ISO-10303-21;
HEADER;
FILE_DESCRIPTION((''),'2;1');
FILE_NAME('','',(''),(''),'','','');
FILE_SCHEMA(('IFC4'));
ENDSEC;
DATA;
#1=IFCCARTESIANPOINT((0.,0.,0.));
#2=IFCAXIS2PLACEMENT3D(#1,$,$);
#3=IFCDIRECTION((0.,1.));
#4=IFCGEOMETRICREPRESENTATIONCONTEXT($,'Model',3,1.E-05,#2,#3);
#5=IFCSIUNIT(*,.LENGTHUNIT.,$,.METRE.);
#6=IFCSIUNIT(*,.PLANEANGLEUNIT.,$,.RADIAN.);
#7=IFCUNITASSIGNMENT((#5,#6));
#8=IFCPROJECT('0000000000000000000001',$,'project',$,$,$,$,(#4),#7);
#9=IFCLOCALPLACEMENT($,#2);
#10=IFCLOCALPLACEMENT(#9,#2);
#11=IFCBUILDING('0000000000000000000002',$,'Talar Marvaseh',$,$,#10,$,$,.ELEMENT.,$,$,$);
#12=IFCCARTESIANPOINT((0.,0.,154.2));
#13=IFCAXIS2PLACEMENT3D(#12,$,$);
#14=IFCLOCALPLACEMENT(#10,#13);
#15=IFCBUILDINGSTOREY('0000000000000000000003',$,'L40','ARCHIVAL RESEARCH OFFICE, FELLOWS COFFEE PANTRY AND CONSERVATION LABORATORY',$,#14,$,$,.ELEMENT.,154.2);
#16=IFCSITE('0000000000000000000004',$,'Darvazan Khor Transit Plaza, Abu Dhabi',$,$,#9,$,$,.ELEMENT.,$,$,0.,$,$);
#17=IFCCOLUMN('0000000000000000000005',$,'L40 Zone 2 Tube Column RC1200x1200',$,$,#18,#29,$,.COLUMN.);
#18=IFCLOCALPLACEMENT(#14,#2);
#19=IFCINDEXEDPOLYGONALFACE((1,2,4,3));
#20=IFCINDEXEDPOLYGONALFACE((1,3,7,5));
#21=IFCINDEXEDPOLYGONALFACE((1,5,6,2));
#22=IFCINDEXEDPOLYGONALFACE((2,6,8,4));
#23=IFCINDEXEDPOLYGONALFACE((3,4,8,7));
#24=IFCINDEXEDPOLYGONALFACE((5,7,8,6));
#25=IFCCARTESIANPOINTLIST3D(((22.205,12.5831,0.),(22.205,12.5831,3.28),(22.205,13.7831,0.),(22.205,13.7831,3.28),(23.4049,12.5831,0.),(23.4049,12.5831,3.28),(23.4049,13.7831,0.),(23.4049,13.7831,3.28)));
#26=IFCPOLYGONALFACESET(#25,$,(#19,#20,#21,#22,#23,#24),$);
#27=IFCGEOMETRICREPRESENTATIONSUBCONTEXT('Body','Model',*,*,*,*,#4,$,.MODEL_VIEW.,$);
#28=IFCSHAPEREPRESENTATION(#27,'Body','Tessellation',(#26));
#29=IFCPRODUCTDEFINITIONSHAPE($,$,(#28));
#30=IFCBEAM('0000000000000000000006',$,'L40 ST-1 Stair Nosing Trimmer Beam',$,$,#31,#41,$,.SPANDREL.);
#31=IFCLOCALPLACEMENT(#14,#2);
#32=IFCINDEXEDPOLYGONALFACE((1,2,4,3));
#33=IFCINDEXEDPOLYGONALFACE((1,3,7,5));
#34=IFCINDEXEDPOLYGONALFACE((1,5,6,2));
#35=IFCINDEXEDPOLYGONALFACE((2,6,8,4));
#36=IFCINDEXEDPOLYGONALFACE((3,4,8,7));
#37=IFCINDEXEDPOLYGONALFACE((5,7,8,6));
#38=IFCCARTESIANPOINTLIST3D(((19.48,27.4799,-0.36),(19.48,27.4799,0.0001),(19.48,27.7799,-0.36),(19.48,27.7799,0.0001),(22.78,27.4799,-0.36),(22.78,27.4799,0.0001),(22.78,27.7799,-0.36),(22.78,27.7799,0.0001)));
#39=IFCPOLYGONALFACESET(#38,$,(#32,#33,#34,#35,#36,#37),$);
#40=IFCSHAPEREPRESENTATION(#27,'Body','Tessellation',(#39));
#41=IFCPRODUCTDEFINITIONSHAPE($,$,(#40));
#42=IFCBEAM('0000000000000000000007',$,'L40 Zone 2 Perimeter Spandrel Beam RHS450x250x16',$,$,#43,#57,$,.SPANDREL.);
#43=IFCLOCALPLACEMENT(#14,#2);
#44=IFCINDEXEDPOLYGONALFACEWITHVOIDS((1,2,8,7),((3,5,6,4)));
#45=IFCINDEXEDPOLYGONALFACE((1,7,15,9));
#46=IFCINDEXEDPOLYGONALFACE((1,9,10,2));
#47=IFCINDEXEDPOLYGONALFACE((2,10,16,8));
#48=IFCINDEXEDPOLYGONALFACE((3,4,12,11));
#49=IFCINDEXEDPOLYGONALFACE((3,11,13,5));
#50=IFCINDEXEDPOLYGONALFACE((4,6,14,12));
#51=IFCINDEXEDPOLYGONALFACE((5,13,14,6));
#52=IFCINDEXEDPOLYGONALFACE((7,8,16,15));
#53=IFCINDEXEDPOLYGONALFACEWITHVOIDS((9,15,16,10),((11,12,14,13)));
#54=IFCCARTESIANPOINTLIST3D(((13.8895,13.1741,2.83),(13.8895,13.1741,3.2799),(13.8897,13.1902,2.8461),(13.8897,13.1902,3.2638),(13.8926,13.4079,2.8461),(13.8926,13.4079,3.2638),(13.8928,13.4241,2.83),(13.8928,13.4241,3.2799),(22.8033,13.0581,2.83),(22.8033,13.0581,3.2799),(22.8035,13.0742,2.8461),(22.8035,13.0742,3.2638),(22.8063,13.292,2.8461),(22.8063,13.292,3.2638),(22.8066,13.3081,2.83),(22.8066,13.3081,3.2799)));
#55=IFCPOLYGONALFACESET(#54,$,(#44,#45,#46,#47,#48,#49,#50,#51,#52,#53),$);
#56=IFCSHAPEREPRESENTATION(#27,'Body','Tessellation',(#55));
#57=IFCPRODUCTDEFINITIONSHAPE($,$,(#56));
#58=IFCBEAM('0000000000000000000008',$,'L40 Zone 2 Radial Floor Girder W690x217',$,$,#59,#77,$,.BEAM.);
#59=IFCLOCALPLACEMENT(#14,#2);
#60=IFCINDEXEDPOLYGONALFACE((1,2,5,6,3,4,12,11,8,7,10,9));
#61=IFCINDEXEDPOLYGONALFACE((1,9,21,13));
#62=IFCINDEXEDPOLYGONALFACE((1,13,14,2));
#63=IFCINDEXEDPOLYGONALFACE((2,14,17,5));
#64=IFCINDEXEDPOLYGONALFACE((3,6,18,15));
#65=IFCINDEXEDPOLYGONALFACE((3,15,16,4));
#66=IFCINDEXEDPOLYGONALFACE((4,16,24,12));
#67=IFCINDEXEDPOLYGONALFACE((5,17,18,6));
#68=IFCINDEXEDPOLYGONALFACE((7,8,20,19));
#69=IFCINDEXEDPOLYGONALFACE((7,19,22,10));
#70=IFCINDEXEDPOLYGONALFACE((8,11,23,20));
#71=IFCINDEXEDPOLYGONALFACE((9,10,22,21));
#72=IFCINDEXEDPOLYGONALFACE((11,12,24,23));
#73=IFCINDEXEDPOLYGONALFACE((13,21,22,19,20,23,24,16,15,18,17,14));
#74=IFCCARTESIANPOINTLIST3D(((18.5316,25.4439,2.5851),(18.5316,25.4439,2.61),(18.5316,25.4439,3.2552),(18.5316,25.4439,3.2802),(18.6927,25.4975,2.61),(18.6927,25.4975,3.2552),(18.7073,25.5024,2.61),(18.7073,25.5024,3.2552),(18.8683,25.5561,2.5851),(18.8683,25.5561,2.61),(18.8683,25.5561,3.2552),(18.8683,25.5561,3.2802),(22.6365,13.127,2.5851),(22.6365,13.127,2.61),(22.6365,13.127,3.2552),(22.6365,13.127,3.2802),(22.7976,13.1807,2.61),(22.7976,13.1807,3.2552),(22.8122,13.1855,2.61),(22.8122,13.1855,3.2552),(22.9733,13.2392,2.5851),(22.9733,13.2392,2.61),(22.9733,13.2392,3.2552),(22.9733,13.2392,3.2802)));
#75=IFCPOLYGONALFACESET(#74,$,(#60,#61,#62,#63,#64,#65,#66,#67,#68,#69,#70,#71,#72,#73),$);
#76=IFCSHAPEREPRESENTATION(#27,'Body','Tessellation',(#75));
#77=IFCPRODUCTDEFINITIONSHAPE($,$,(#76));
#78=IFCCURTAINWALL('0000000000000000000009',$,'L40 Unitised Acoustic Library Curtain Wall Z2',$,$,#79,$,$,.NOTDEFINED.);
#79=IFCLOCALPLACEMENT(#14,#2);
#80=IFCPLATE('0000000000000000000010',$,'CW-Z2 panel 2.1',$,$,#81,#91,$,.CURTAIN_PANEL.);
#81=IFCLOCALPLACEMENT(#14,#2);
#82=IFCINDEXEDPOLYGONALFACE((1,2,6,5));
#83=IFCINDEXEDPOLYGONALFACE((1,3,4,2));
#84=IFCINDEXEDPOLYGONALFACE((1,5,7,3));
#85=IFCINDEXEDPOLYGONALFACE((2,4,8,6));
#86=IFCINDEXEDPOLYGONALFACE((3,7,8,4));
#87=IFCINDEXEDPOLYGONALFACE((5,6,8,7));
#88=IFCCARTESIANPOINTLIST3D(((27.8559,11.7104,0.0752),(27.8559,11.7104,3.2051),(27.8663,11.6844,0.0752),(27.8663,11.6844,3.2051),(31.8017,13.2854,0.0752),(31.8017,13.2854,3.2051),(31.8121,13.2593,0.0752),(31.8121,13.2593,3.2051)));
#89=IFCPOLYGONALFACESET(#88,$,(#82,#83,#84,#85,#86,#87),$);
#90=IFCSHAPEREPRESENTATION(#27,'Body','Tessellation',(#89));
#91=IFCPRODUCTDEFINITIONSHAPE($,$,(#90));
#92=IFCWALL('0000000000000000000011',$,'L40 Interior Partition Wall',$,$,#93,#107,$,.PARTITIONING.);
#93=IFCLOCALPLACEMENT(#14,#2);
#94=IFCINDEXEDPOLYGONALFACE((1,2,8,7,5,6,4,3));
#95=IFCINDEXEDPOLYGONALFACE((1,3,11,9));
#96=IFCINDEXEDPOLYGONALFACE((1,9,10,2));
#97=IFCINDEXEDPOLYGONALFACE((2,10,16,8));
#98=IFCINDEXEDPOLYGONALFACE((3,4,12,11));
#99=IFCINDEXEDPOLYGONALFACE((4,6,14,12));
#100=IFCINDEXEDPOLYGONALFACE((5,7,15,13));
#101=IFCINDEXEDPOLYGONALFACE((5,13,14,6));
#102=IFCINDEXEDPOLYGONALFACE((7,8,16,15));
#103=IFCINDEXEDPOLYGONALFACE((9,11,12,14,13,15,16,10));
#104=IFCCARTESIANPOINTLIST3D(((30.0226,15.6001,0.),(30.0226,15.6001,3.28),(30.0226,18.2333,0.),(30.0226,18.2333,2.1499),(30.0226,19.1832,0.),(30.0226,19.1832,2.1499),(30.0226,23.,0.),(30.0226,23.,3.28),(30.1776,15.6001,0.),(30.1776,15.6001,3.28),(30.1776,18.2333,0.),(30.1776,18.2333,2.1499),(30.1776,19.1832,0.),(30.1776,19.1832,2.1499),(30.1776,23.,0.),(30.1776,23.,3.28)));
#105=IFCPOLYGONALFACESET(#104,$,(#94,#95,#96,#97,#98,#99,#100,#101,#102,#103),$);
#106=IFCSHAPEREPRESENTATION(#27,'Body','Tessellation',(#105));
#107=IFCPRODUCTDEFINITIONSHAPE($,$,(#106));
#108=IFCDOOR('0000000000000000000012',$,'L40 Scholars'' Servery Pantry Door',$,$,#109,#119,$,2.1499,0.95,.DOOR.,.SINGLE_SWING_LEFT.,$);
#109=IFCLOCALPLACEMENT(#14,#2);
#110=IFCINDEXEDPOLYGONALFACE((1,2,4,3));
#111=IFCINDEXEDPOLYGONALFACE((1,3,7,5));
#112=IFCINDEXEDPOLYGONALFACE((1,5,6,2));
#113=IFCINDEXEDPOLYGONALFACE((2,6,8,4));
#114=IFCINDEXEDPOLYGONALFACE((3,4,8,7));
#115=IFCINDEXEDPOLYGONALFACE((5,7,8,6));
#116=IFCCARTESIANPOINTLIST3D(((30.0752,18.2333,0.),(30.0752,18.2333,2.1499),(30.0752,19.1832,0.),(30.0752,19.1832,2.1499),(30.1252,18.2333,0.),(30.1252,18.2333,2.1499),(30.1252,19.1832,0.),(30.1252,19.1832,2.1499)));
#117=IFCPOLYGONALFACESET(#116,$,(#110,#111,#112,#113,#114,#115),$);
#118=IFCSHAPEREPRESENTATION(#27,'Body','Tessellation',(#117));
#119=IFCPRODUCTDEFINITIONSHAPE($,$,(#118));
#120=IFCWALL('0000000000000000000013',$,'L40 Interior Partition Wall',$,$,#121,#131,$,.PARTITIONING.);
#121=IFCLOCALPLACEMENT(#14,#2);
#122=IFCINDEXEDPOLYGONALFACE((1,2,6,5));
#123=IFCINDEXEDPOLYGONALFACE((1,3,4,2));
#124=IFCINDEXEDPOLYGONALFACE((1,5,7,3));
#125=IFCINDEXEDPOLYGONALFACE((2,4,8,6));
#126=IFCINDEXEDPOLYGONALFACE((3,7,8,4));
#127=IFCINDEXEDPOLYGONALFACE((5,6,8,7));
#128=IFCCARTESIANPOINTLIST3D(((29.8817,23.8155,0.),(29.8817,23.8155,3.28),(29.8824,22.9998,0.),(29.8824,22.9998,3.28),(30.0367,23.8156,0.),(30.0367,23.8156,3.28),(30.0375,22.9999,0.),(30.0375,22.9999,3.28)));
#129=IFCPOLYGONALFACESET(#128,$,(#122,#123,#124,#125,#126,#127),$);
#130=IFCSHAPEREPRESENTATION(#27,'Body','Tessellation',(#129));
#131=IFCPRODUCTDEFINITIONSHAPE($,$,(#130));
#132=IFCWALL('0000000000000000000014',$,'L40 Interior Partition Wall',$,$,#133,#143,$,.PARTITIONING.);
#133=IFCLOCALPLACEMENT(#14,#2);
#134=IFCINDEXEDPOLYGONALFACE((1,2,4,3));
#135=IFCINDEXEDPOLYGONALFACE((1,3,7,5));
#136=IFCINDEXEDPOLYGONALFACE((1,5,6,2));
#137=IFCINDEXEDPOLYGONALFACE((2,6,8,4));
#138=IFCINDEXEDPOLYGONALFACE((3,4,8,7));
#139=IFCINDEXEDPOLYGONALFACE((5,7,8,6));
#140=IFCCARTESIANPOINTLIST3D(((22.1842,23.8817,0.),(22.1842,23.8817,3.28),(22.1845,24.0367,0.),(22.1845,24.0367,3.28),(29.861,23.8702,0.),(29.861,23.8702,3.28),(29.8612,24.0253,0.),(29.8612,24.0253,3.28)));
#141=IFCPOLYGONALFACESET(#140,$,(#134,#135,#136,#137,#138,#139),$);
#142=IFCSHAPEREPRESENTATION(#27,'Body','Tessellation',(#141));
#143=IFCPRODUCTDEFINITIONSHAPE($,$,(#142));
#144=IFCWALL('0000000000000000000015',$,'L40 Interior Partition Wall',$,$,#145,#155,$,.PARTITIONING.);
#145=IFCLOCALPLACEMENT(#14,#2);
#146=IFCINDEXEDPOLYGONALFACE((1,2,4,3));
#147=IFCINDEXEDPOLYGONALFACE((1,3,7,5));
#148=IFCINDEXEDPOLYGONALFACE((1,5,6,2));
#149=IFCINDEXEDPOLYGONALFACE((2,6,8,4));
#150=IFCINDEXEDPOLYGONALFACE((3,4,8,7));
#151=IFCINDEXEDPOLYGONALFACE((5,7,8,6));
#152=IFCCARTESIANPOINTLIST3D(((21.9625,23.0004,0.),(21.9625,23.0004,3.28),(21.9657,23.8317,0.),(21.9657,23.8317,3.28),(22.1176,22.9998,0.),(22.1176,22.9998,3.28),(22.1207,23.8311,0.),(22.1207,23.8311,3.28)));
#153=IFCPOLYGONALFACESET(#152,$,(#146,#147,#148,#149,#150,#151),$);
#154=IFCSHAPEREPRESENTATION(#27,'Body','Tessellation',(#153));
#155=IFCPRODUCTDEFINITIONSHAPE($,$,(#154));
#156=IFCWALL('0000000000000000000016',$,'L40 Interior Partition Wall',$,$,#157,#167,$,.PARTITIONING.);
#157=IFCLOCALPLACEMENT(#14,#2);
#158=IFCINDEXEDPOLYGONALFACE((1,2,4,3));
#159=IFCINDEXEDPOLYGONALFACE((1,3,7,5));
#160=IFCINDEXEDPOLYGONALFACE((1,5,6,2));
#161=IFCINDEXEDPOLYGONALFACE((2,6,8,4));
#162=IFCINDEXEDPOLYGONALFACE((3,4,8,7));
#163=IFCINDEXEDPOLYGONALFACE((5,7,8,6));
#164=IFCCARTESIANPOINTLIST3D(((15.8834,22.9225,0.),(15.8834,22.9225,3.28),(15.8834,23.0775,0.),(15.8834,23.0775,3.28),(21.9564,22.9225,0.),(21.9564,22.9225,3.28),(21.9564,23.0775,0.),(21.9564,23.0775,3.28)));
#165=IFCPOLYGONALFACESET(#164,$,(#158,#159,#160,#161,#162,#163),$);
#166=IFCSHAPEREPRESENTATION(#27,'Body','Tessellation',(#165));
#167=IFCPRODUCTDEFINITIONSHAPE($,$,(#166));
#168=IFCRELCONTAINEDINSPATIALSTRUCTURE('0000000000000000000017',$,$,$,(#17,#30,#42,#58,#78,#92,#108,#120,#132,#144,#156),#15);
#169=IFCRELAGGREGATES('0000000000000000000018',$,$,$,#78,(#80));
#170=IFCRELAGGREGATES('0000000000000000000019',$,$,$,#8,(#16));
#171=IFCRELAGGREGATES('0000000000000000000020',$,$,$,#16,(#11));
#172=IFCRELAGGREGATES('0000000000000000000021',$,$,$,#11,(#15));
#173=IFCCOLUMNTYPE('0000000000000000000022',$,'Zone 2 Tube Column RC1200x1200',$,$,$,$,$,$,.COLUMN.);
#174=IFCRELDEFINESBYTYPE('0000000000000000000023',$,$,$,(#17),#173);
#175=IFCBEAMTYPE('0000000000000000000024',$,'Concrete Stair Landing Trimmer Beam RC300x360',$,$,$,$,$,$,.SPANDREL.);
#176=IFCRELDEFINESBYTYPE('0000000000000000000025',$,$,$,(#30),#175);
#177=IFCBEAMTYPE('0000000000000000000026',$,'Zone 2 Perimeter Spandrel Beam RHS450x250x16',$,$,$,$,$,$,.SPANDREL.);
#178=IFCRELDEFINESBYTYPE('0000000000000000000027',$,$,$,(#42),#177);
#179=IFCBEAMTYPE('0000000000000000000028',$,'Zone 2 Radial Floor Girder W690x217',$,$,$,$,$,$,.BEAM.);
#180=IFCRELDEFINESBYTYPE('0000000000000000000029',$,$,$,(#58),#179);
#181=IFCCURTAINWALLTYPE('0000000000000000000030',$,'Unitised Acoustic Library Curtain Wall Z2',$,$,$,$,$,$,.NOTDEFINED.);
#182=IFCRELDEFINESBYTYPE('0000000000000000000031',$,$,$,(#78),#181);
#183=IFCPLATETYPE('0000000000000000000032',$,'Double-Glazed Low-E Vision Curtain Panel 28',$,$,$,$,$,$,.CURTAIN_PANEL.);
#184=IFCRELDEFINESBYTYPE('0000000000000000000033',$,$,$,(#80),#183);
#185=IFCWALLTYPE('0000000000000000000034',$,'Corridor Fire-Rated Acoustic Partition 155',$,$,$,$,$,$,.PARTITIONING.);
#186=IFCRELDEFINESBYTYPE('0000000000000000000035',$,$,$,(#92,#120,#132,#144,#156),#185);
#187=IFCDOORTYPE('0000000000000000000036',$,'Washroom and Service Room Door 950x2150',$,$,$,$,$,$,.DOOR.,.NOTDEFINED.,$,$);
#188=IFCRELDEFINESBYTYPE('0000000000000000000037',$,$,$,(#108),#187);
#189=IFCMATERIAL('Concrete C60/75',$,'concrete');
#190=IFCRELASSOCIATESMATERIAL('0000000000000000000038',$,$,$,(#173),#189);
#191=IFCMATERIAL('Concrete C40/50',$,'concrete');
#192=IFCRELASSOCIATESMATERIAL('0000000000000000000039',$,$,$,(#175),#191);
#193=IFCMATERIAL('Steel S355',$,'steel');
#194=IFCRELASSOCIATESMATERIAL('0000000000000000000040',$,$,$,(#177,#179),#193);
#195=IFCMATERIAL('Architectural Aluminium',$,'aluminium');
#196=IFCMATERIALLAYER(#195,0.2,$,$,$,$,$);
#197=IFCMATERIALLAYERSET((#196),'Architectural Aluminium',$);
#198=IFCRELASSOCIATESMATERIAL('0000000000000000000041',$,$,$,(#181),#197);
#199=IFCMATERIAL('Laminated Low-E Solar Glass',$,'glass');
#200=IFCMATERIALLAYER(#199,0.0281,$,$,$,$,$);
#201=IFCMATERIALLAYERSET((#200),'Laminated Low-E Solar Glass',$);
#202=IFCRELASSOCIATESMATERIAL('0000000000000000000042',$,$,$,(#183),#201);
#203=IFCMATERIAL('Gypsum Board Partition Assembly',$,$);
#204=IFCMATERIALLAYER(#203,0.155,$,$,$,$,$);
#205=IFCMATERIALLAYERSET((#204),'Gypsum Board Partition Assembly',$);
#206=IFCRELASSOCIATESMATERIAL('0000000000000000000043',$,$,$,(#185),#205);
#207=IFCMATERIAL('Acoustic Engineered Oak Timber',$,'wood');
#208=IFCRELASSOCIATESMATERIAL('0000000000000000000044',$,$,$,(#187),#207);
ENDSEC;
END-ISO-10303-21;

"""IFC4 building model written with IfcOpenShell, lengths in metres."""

from ifc_helpers import new_model, si_unit, direction, frame, frame_2d, origin, origin_2d, place, context, subcontext, project, spatial, rectangle, hollow_rectangle, i_section, extrude, source, transform, mapped, material, layer, layer_set, material_profile, profile_set, type_object, type_shapes, element, fill, aggregate, save


model = new_model("IFC4")

# Units and contexts
model_context = context("Model", 3, precision=1e-05, world=origin(), true_north=direction((0.0, 1.0)))
body_context = subcontext(model_context, "Body", "Model", "MODEL_VIEW")
ifc_project = project(units=[si_unit("LENGTHUNIT", "METRE"), si_unit("PLANEANGLEUNIT", "RADIAN")], contexts=[model_context])

# Site, building, storey
site_placement = place(None, origin())
site = spatial("IfcSite", under=ifc_project, at=site_placement, Name="Darvazan Khor Transit Plaza, Abu Dhabi", CompositionType="ELEMENT", RefElevation=0.0)
building_placement = place(site_placement, origin())
building = spatial("IfcBuilding", under=site, at=building_placement, Name="Talar Marvaseh", CompositionType="ELEMENT")
storey_placement = place(building_placement, frame((0.0, 0.0, 154.2)))
storey = spatial("IfcBuildingStorey", under=building, at=storey_placement, Name="L40", Description="ARCHIVAL RESEARCH OFFICE, FELLOWS COFFEE PANTRY AND CONSERVATION LABORATORY", CompositionType="ELEMENT", Elevation=154.2)

# Column
ifc_material_1 = material(Name="Concrete C60/75", Category="concrete")
ifc_material_profile_1 = material_profile(ifc_material_1, rectangle(XDim=1.2, YDim=1.2, at=origin_2d()), Name="RC1200x1200")
ifc_profile_set_1 = profile_set([ifc_material_profile_1], Name="Concrete C60/75")
column_type = type_object("IfcColumnType", Name="Zone 2 Tube Column RC1200x1200", PredefinedType="COLUMN", material=ifc_profile_set_1)
column_placement = place(storey_placement, frame((22.8049, 13.1831, 0.0), z_axis=(0.0, 0.0, 1.0), x_axis=(1.0, 0.0, 0.0)))
element("IfcColumn", 1, at=column_placement, inside=storey, type_object=column_type, Name="L40 Zone 2 Tube Column RC1200x1200", PredefinedType="COLUMN", context=body_context, shape_type="SweptSolid", body=[
    extrude(rectangle(XDim=1.2, YDim=1.2, at=origin_2d()), origin(), (0.0, 0.0, 1.0), 3.28),
])

# Beams
ifc_material_2 = material(Name="Concrete C40/50", Category="concrete")
ifc_material_profile_2 = material_profile(ifc_material_2, rectangle(XDim=0.3, YDim=0.3601, at=origin_2d()), Name="RC300x360")
ifc_profile_set_2 = profile_set([ifc_material_profile_2], Name="Concrete C40/50")
beam_type_1 = type_object("IfcBeamType", Name="Concrete Stair Landing Trimmer Beam RC300x360", PredefinedType="SPANDREL", material=ifc_profile_set_2)
beam_1_placement = place(storey_placement, frame((22.78, 27.6299, -0.1799), z_axis=(-1.0, 0.0, 0.0), x_axis=(0.0, -1.0, 0.0)))
element("IfcBeam", 2, at=beam_1_placement, inside=storey, type_object=beam_type_1, Name="L40 ST-1 Stair Nosing Trimmer Beam", PredefinedType="SPANDREL", context=body_context, shape_type="SweptSolid", body=[
    extrude(rectangle(XDim=0.3, YDim=0.3601, at=origin_2d()), origin(), (0.0, 0.0, 1.0), 3.3),
])
ifc_material_3 = material(Name="Steel S355", Category="steel")
ifc_material_profile_3 = material_profile(ifc_material_3, hollow_rectangle(XDim=0.25, YDim=0.45, WallThickness=0.0161, at=origin_2d()), Name="RHS450x250x16")
ifc_profile_set_3 = profile_set([ifc_material_profile_3], Name="Steel S355")
beam_type_2 = type_object("IfcBeamType", Name="Zone 2 Perimeter Spandrel Beam RHS450x250x16", PredefinedType="SPANDREL", material=ifc_profile_set_3)
beam_2_placement = place(storey_placement, frame((22.8049, 13.1831, 3.0549), z_axis=(-0.999915, 0.013009, 0.0), x_axis=(-0.013009, -0.999915, 0.0)))
element("IfcBeam", 3, at=beam_2_placement, inside=storey, type_object=beam_type_2, Name="L40 Zone 2 Perimeter Spandrel Beam RHS450x250x16", PredefinedType="SPANDREL", context=body_context, shape_type="SweptSolid", body=[
    extrude(hollow_rectangle(XDim=0.25, YDim=0.45, WallThickness=0.0161, at=origin_2d()), origin(), (0.0, 0.0, 1.0), 8.9146),
])
ifc_material_profile_4 = material_profile(ifc_material_3, i_section(OverallWidth=0.355, OverallDepth=0.6951, WebThickness=0.0154, FlangeThickness=0.0249, at=origin_2d()), Name="W690x217")
ifc_profile_set_4 = profile_set([ifc_material_profile_4], Name="Steel S355")
beam_type_3 = type_object("IfcBeamType", Name="Zone 2 Radial Floor Girder W690x217", PredefinedType="BEAM", material=ifc_profile_set_4)
beam_3_placement = place(storey_placement, frame((22.8049, 13.1831, 2.9326), z_axis=(-0.316183, 0.948698, 0.0), x_axis=(-0.948698, -0.316183, 0.0)))
element("IfcBeam", 4, at=beam_3_placement, inside=storey, type_object=beam_type_3, Name="L40 Zone 2 Radial Floor Girder W690x217", PredefinedType="BEAM", context=body_context, shape_type="SweptSolid", body=[
    extrude(i_section(OverallWidth=0.355, OverallDepth=0.6951, WebThickness=0.0154, FlangeThickness=0.0249, at=origin_2d()), origin(), (0.0, 0.0, 1.0), 12.9829),
])

# Curtain wall, plate
ifc_material_4 = material(Name="Architectural Aluminium", Category="aluminium")
ifc_layer_1 = layer(ifc_material_4, 0.2)
ifc_layer_set_1 = layer_set([ifc_layer_1], Name="Architectural Aluminium")
curtain_wall_type = type_object("IfcCurtainWallType", Name="Unitised Acoustic Library Curtain Wall Z2", PredefinedType="NOTDEFINED", material=ifc_layer_set_1)
curtain_wall_placement = place(storey_placement, origin())
curtain_wall = element("IfcCurtainWall", 5, at=curtain_wall_placement, inside=storey, type_object=curtain_wall_type, Name="L40 Unitised Acoustic Library Curtain Wall Z2", PredefinedType="NOTDEFINED")
ifc_material_5 = material(Name="Laminated Low-E Solar Glass", Category="glass")
ifc_layer_2 = layer(ifc_material_5, 0.0281)
ifc_layer_set_2 = layer_set([ifc_layer_2], Name="Laminated Low-E Solar Glass")
plate_type = type_object("IfcPlateType", Name="Double-Glazed Low-E Vision Curtain Panel 28", PredefinedType="CURTAIN_PANEL", material=ifc_layer_set_2)
shared_shape_1 = source(origin(), body_context, "Body", "SweptSolid", [
    extrude(rectangle(XDim=4.2485, YDim=0.0281, at=origin_2d()), origin(), (0.0, 0.0, 1.0), 3.1299),
])
type_shapes(plate_type, [shared_shape_1])
plate_placement = place(storey_placement, frame((29.834, 12.4849, 0.0752), z_axis=(0.0, 0.0, 1.0), x_axis=(-0.928752, -0.370702, 0.0)))
plate = element("IfcPlate", 6, at=plate_placement, type_object=plate_type, Name="CW-Z2 panel 2.1", PredefinedType="CURTAIN_PANEL", context=body_context, shape_type="MappedRepresentation", body=[
    mapped(shared_shape_1, transform((0.0, 0.0, 0.0), x_axis=(1.0, 0.0, 0.0), y_axis=(0.0, 1.0, 0.0), z_axis=(0.0, 0.0, 1.0), scale=1.0)),
])
aggregate(curtain_wall, [plate])

# Wall, opening, door
ifc_material_6 = material(Name="Gypsum Board Partition Assembly")
ifc_layer_3 = layer(ifc_material_6, 0.155)
ifc_layer_set_3 = layer_set([ifc_layer_3], Name="Gypsum Board Partition Assembly")
wall_type_1 = type_object("IfcWallType", Name="Corridor Fire-Rated Acoustic Partition 155", PredefinedType="PARTITIONING", material=ifc_layer_set_3)
wall_1_placement = place(storey_placement, frame((30.1001, 15.6001, 0.0), z_axis=(0.0, 0.0, 1.0), x_axis=(0.0, 1.0, 0.0)))
wall_1 = element("IfcWall", 7, at=wall_1_placement, inside=storey, type_object=wall_type_1, Name="L40 Interior Partition Wall", PredefinedType="PARTITIONING", context=body_context, shape_type="SweptSolid", body=[
    extrude(rectangle(XDim=7.3999, YDim=0.155, at=frame_2d((3.7, 0.0))), origin(), (0.0, 0.0, 1.0), 3.28),
])
opening_1_placement = place(wall_1_placement, frame((2.6331, 0.0, 0.0)))
opening_1 = element("IfcOpeningElement", 8, at=opening_1_placement, cuts=wall_1, PredefinedType="OPENING", context=body_context, shape_type="SweptSolid", body=[
    extrude(rectangle(XDim=0.95, YDim=2.1499, at=frame_2d((0.4751, 1.075))), frame((0.0, 0.0874, 0.0), z_axis=(0.0, -1.0, 0.0), x_axis=(1.0, 0.0, 0.0)), (0.0, 0.0, 1.0), 0.175),
])
ifc_material_7 = material(Name="Acoustic Engineered Oak Timber", Category="wood")
door_type_1 = type_object("IfcDoorType", Name="Washroom and Service Room Door 950x2150", OperationType="NOTDEFINED", PredefinedType="DOOR", material=ifc_material_7)
shared_shape_2 = source(origin(), body_context, "Body", "SweptSolid", [
    extrude(rectangle(XDim=0.95, YDim=2.1499, at=frame_2d((0.4751, 1.075))), frame((0.0, 0.0249, 0.0), z_axis=(0.0, -1.0, 0.0), x_axis=(1.0, 0.0, 0.0)), (0.0, 0.0, 1.0), 0.05),
])
type_shapes(door_type_1, [shared_shape_2])
door_1_placement = place(opening_1_placement, origin())
door_1 = element("IfcDoor", 9, at=door_1_placement, inside=storey, type_object=door_type_1, Name="L40 Scholars' Servery Pantry Door", OperationType="SINGLE_SWING_LEFT", OverallHeight=2.1499, OverallWidth=0.95, PredefinedType="DOOR", context=body_context, shape_type="MappedRepresentation", body=[
    mapped(shared_shape_2, transform((0.0, 0.0, 0.0), x_axis=(1.0, 0.0, 0.0), y_axis=(0.0, 1.0, 0.0), z_axis=(0.0, 0.0, 1.0), scale=1.0)),
])
fill(opening_1, door_1)

# Walls
wall_2_placement = place(storey_placement, frame((29.96, 23.0, 0.0), z_axis=(0.0, 0.0, 1.0), x_axis=(-0.000898, 1.0, 0.0)))
element("IfcWall", 10, at=wall_2_placement, inside=storey, type_object=wall_type_1, Name="L40 Interior Partition Wall", PredefinedType="PARTITIONING", context=body_context, shape_type="SweptSolid", body=[
    extrude(rectangle(XDim=0.8157, YDim=0.155, at=frame_2d((0.4077, 0.0))), origin(), (0.0, 0.0, 1.0), 3.28),
])
wall_3_placement = place(storey_placement, frame((29.8611, 23.9478, 0.0), z_axis=(0.0, 0.0, 1.0), x_axis=(-0.999999, 0.001495, 0.0)))
element("IfcWall", 11, at=wall_3_placement, inside=storey, type_object=wall_type_1, Name="L40 Interior Partition Wall", PredefinedType="PARTITIONING", context=body_context, shape_type="SweptSolid", body=[
    extrude(rectangle(XDim=7.6768, YDim=0.155, at=frame_2d((3.8384, 0.0))), origin(), (0.0, 0.0, 1.0), 3.28),
])
wall_4_placement = place(storey_placement, frame((22.0432, 23.8313, 0.0), z_axis=(0.0, 0.0, 1.0), x_axis=(-0.003818, -0.999993, 0.0)))
element("IfcWall", 12, at=wall_4_placement, inside=storey, type_object=wall_type_1, Name="L40 Interior Partition Wall", PredefinedType="PARTITIONING", context=body_context, shape_type="SweptSolid", body=[
    extrude(rectangle(XDim=0.8313, YDim=0.155, at=frame_2d((0.4155, 0.0))), origin(), (0.0, 0.0, 1.0), 3.28),
])
wall_5_placement = place(storey_placement, frame((21.9565, 23.0, 0.0), z_axis=(0.0, 0.0, 1.0), x_axis=(-1.0, 0.0, 0.0)))
element("IfcWall", 13, at=wall_5_placement, inside=storey, type_object=wall_type_1, Name="L40 Interior Partition Wall", PredefinedType="PARTITIONING", context=body_context, shape_type="SweptSolid", body=[
    extrude(rectangle(XDim=6.073, YDim=0.155, at=frame_2d((3.0366, 0.0))), origin(), (0.0, 0.0, 1.0), 3.28),
])

save(model, "model.ifc")
